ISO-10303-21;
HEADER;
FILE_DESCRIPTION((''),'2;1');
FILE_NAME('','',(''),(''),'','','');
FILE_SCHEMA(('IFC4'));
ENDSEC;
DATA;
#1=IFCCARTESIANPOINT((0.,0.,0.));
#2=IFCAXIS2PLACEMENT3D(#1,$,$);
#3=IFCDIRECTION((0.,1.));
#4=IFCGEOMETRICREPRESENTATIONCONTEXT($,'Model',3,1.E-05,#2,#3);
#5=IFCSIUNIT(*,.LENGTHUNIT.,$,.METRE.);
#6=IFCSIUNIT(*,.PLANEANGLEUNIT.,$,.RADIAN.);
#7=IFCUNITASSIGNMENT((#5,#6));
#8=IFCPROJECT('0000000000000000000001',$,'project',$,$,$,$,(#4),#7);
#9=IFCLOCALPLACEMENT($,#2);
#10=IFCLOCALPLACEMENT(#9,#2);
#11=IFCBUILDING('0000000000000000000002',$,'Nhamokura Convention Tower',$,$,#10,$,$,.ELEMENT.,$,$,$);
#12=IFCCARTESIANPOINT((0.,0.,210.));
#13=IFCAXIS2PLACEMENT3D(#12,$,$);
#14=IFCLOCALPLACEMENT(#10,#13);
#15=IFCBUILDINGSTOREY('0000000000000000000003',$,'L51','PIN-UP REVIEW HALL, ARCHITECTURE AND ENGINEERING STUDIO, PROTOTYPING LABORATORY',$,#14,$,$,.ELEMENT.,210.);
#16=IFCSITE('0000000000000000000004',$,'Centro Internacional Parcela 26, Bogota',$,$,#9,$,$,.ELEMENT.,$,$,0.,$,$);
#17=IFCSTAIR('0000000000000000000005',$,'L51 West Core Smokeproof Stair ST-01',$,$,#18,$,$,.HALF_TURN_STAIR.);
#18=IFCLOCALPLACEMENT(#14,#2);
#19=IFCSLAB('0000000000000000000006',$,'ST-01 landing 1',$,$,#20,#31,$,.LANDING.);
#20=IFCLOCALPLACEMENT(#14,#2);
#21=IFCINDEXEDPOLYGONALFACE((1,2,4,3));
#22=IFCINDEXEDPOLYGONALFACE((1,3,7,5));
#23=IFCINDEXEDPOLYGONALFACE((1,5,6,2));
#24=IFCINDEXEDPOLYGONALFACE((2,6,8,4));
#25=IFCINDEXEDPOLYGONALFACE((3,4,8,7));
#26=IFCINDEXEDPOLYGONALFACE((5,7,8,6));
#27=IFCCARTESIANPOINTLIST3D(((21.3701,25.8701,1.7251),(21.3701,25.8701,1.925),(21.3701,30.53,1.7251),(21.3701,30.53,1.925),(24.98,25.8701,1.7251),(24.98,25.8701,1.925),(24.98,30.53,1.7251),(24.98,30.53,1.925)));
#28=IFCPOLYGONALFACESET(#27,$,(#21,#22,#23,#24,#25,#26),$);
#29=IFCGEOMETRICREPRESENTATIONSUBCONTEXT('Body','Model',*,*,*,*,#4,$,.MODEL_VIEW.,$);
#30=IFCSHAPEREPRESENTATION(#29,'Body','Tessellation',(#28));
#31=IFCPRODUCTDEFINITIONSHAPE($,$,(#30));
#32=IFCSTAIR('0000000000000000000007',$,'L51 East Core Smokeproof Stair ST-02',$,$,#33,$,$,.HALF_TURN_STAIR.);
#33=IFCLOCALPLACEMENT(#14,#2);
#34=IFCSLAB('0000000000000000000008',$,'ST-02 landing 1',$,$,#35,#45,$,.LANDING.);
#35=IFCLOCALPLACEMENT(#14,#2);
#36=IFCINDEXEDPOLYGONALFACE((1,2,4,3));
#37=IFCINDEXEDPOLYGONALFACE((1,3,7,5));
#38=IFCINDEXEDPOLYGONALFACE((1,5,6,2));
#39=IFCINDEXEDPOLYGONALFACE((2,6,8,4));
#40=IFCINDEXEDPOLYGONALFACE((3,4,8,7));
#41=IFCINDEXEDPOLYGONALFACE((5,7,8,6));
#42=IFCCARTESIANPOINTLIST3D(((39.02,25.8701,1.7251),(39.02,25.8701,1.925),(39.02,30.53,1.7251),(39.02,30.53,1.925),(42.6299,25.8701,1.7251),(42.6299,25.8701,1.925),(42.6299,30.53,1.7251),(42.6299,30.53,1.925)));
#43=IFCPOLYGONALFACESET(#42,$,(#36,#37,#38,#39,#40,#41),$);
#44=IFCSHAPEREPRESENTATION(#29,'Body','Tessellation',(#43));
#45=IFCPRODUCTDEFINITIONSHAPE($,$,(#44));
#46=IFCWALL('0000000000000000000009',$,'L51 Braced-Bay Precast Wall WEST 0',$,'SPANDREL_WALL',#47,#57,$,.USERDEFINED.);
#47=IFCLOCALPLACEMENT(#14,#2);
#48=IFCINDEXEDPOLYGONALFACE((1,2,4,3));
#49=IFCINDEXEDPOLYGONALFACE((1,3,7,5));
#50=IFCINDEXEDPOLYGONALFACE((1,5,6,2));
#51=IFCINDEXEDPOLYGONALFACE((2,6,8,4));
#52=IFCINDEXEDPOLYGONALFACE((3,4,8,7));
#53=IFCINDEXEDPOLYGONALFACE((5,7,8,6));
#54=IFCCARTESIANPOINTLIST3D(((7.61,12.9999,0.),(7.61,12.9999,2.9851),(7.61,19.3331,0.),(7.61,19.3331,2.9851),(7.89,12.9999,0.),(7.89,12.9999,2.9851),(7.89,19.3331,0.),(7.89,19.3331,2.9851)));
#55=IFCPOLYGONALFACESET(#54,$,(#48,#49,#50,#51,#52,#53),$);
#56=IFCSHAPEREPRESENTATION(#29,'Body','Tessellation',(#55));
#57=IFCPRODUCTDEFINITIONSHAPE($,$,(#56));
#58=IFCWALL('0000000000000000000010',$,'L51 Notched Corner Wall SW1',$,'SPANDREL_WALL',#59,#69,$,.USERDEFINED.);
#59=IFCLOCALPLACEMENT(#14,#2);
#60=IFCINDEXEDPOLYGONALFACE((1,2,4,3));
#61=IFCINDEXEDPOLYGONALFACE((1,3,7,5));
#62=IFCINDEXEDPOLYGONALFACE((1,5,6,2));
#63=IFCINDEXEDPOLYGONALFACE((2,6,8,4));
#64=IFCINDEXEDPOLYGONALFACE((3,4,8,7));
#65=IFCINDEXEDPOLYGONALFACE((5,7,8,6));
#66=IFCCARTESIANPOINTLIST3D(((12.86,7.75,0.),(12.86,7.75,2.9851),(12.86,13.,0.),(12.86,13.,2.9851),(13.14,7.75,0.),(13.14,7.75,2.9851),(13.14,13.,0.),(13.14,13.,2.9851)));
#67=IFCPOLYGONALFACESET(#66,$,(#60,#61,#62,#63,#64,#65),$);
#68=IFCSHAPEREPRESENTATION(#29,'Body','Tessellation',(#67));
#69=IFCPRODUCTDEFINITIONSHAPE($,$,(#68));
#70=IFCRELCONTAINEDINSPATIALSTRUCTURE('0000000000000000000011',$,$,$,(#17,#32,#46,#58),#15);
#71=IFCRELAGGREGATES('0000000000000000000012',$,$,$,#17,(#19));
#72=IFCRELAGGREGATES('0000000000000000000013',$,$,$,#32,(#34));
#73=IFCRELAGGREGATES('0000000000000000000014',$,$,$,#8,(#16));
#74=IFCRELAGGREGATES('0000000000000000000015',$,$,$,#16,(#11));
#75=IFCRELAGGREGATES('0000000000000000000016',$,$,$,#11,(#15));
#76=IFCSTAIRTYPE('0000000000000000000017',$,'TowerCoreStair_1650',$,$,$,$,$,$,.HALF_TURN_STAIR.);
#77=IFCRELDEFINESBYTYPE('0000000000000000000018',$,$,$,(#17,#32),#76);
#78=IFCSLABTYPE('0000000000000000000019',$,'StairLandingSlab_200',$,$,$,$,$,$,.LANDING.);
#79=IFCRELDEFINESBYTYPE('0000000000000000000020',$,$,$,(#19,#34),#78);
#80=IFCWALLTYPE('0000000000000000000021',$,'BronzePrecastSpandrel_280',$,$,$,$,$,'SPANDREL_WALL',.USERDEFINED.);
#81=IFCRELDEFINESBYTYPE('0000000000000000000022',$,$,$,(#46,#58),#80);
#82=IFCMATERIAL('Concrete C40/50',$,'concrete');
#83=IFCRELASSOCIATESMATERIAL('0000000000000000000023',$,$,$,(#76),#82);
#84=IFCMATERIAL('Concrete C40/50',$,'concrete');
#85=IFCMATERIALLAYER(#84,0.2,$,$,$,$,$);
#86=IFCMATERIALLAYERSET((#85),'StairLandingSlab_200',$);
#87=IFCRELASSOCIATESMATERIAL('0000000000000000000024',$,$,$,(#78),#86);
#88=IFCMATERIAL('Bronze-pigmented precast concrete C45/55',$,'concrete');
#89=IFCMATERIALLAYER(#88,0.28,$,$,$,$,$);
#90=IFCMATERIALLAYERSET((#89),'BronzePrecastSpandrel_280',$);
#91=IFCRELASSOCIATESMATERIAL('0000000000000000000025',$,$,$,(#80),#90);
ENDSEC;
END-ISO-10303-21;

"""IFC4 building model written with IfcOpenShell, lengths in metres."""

from ifc_helpers import new_model, si_unit, direction, frame, frame_2d, origin, place, context, subcontext, project, spatial, polyline, rectangle, outline, extrude, material, layer, layer_set, type_object, element, aggregate, save


model = new_model("IFC4")

# Units and contexts
model_context = context("Model", 3, precision=1e-05, world=origin(), true_north=direction((0.0, 1.0)))
body_context = subcontext(model_context, "Body", "Model", "MODEL_VIEW")
ifc_project = project(units=[si_unit("LENGTHUNIT", "METRE"), si_unit("PLANEANGLEUNIT", "RADIAN")], contexts=[model_context])

# Site, building, storey
site_placement = place(None, origin())
site = spatial("IfcSite", under=ifc_project, at=site_placement, Name="Centro Internacional Parcela 26, Bogota", CompositionType="ELEMENT", RefElevation=0.0)
building_placement = place(site_placement, origin())
building = spatial("IfcBuilding", under=site, at=building_placement, Name="Nhamokura Convention Tower", CompositionType="ELEMENT")
storey_placement = place(building_placement, frame((0.0, 0.0, 210.0)))
storey = spatial("IfcBuildingStorey", under=building, at=storey_placement, Name="L51", Description="PIN-UP REVIEW HALL, ARCHITECTURE AND ENGINEERING STUDIO, PROTOTYPING LABORATORY", CompositionType="ELEMENT", Elevation=210.0)

# Stairs, slabs
ifc_material_1 = material(Name="Concrete C40/50", Category="concrete")
stair_type = type_object("IfcStairType", Name="TowerCoreStair_1650", PredefinedType="HALF_TURN_STAIR", material=ifc_material_1)
stair_1_placement = place(storey_placement, origin())
stair_1 = element("IfcStair", 1, at=stair_1_placement, inside=storey, type_object=stair_type, Name="L51 West Core Smokeproof Stair ST-01", PredefinedType="HALF_TURN_STAIR")
ifc_material_2 = material(Name="Concrete C40/50", Category="concrete")
ifc_layer_1 = layer(ifc_material_2, 0.2)
ifc_layer_set_1 = layer_set([ifc_layer_1], Name="StairLandingSlab_200")
slab_type_1 = type_object("IfcSlabType", Name="StairLandingSlab_200", PredefinedType="LANDING", material=ifc_layer_set_1)
slab_1_placement = place(storey_placement, frame((0.0, 0.0, 1.7251)))
slab_1 = element("IfcSlab", 2, at=slab_1_placement, type_object=slab_type_1, Name="ST-01 landing 1", PredefinedType="LANDING", context=body_context, shape_type="SweptSolid", body=[
    extrude(outline(polyline([(24.98, 25.8701), (24.98, 30.53), (21.3701, 30.53), (21.3701, 25.8701), (24.98, 25.8701)])), origin(), (0.0, 0.0, 1.0), 0.2),
])
aggregate(stair_1, [slab_1])
stair_2_placement = place(storey_placement, origin())
stair_2 = element("IfcStair", 3, at=stair_2_placement, inside=storey, type_object=stair_type, Name="L51 East Core Smokeproof Stair ST-02", PredefinedType="HALF_TURN_STAIR")
slab_2_placement = place(storey_placement, frame((0.0, 0.0, 1.7251)))
slab_2 = element("IfcSlab", 4, at=slab_2_placement, type_object=slab_type_1, Name="ST-02 landing 1", PredefinedType="LANDING", context=body_context, shape_type="SweptSolid", body=[
    extrude(outline(polyline([(42.6299, 25.8701), (42.6299, 30.53), (39.02, 30.53), (39.02, 25.8701), (42.6299, 25.8701)])), origin(), (0.0, 0.0, 1.0), 0.2),
])
aggregate(stair_2, [slab_2])

# Walls
ifc_material_3 = material(Name="Bronze-pigmented precast concrete C45/55", Category="concrete")
ifc_layer_2 = layer(ifc_material_3, 0.28)
ifc_layer_set_2 = layer_set([ifc_layer_2], Name="BronzePrecastSpandrel_280")
wall_type = type_object("IfcWallType", Name="BronzePrecastSpandrel_280", ElementType="SPANDREL_WALL", PredefinedType="USERDEFINED", material=ifc_layer_set_2)
wall_1_placement = place(storey_placement, frame((7.75, 13.0, 0.0), z_axis=(0.0, 0.0, 1.0), x_axis=(0.0, 1.0, 0.0)))
element("IfcWall", 5, at=wall_1_placement, inside=storey, type_object=wall_type, Name="L51 Braced-Bay Precast Wall WEST 0", ObjectType="SPANDREL_WALL", PredefinedType="USERDEFINED", context=body_context, shape_type="SweptSolid", body=[
    extrude(rectangle(XDim=6.3333, YDim=0.28, at=frame_2d((3.1665, 0.0))), origin(), (0.0, 0.0, 1.0), 2.9851),
])
wall_2_placement = place(storey_placement, frame((13.0, 7.75, 0.0), z_axis=(0.0, 0.0, 1.0), x_axis=(0.0, 1.0, 0.0)))
element("IfcWall", 6, at=wall_2_placement, inside=storey, type_object=wall_type, Name="L51 Notched Corner Wall SW1", ObjectType="SPANDREL_WALL", PredefinedType="USERDEFINED", context=body_context, shape_type="SweptSolid", body=[
    extrude(rectangle(XDim=5.25, YDim=0.28, at=frame_2d((2.625, 0.0))), origin(), (0.0, 0.0, 1.0), 2.9851),
])

save(model, "model.ifc")
